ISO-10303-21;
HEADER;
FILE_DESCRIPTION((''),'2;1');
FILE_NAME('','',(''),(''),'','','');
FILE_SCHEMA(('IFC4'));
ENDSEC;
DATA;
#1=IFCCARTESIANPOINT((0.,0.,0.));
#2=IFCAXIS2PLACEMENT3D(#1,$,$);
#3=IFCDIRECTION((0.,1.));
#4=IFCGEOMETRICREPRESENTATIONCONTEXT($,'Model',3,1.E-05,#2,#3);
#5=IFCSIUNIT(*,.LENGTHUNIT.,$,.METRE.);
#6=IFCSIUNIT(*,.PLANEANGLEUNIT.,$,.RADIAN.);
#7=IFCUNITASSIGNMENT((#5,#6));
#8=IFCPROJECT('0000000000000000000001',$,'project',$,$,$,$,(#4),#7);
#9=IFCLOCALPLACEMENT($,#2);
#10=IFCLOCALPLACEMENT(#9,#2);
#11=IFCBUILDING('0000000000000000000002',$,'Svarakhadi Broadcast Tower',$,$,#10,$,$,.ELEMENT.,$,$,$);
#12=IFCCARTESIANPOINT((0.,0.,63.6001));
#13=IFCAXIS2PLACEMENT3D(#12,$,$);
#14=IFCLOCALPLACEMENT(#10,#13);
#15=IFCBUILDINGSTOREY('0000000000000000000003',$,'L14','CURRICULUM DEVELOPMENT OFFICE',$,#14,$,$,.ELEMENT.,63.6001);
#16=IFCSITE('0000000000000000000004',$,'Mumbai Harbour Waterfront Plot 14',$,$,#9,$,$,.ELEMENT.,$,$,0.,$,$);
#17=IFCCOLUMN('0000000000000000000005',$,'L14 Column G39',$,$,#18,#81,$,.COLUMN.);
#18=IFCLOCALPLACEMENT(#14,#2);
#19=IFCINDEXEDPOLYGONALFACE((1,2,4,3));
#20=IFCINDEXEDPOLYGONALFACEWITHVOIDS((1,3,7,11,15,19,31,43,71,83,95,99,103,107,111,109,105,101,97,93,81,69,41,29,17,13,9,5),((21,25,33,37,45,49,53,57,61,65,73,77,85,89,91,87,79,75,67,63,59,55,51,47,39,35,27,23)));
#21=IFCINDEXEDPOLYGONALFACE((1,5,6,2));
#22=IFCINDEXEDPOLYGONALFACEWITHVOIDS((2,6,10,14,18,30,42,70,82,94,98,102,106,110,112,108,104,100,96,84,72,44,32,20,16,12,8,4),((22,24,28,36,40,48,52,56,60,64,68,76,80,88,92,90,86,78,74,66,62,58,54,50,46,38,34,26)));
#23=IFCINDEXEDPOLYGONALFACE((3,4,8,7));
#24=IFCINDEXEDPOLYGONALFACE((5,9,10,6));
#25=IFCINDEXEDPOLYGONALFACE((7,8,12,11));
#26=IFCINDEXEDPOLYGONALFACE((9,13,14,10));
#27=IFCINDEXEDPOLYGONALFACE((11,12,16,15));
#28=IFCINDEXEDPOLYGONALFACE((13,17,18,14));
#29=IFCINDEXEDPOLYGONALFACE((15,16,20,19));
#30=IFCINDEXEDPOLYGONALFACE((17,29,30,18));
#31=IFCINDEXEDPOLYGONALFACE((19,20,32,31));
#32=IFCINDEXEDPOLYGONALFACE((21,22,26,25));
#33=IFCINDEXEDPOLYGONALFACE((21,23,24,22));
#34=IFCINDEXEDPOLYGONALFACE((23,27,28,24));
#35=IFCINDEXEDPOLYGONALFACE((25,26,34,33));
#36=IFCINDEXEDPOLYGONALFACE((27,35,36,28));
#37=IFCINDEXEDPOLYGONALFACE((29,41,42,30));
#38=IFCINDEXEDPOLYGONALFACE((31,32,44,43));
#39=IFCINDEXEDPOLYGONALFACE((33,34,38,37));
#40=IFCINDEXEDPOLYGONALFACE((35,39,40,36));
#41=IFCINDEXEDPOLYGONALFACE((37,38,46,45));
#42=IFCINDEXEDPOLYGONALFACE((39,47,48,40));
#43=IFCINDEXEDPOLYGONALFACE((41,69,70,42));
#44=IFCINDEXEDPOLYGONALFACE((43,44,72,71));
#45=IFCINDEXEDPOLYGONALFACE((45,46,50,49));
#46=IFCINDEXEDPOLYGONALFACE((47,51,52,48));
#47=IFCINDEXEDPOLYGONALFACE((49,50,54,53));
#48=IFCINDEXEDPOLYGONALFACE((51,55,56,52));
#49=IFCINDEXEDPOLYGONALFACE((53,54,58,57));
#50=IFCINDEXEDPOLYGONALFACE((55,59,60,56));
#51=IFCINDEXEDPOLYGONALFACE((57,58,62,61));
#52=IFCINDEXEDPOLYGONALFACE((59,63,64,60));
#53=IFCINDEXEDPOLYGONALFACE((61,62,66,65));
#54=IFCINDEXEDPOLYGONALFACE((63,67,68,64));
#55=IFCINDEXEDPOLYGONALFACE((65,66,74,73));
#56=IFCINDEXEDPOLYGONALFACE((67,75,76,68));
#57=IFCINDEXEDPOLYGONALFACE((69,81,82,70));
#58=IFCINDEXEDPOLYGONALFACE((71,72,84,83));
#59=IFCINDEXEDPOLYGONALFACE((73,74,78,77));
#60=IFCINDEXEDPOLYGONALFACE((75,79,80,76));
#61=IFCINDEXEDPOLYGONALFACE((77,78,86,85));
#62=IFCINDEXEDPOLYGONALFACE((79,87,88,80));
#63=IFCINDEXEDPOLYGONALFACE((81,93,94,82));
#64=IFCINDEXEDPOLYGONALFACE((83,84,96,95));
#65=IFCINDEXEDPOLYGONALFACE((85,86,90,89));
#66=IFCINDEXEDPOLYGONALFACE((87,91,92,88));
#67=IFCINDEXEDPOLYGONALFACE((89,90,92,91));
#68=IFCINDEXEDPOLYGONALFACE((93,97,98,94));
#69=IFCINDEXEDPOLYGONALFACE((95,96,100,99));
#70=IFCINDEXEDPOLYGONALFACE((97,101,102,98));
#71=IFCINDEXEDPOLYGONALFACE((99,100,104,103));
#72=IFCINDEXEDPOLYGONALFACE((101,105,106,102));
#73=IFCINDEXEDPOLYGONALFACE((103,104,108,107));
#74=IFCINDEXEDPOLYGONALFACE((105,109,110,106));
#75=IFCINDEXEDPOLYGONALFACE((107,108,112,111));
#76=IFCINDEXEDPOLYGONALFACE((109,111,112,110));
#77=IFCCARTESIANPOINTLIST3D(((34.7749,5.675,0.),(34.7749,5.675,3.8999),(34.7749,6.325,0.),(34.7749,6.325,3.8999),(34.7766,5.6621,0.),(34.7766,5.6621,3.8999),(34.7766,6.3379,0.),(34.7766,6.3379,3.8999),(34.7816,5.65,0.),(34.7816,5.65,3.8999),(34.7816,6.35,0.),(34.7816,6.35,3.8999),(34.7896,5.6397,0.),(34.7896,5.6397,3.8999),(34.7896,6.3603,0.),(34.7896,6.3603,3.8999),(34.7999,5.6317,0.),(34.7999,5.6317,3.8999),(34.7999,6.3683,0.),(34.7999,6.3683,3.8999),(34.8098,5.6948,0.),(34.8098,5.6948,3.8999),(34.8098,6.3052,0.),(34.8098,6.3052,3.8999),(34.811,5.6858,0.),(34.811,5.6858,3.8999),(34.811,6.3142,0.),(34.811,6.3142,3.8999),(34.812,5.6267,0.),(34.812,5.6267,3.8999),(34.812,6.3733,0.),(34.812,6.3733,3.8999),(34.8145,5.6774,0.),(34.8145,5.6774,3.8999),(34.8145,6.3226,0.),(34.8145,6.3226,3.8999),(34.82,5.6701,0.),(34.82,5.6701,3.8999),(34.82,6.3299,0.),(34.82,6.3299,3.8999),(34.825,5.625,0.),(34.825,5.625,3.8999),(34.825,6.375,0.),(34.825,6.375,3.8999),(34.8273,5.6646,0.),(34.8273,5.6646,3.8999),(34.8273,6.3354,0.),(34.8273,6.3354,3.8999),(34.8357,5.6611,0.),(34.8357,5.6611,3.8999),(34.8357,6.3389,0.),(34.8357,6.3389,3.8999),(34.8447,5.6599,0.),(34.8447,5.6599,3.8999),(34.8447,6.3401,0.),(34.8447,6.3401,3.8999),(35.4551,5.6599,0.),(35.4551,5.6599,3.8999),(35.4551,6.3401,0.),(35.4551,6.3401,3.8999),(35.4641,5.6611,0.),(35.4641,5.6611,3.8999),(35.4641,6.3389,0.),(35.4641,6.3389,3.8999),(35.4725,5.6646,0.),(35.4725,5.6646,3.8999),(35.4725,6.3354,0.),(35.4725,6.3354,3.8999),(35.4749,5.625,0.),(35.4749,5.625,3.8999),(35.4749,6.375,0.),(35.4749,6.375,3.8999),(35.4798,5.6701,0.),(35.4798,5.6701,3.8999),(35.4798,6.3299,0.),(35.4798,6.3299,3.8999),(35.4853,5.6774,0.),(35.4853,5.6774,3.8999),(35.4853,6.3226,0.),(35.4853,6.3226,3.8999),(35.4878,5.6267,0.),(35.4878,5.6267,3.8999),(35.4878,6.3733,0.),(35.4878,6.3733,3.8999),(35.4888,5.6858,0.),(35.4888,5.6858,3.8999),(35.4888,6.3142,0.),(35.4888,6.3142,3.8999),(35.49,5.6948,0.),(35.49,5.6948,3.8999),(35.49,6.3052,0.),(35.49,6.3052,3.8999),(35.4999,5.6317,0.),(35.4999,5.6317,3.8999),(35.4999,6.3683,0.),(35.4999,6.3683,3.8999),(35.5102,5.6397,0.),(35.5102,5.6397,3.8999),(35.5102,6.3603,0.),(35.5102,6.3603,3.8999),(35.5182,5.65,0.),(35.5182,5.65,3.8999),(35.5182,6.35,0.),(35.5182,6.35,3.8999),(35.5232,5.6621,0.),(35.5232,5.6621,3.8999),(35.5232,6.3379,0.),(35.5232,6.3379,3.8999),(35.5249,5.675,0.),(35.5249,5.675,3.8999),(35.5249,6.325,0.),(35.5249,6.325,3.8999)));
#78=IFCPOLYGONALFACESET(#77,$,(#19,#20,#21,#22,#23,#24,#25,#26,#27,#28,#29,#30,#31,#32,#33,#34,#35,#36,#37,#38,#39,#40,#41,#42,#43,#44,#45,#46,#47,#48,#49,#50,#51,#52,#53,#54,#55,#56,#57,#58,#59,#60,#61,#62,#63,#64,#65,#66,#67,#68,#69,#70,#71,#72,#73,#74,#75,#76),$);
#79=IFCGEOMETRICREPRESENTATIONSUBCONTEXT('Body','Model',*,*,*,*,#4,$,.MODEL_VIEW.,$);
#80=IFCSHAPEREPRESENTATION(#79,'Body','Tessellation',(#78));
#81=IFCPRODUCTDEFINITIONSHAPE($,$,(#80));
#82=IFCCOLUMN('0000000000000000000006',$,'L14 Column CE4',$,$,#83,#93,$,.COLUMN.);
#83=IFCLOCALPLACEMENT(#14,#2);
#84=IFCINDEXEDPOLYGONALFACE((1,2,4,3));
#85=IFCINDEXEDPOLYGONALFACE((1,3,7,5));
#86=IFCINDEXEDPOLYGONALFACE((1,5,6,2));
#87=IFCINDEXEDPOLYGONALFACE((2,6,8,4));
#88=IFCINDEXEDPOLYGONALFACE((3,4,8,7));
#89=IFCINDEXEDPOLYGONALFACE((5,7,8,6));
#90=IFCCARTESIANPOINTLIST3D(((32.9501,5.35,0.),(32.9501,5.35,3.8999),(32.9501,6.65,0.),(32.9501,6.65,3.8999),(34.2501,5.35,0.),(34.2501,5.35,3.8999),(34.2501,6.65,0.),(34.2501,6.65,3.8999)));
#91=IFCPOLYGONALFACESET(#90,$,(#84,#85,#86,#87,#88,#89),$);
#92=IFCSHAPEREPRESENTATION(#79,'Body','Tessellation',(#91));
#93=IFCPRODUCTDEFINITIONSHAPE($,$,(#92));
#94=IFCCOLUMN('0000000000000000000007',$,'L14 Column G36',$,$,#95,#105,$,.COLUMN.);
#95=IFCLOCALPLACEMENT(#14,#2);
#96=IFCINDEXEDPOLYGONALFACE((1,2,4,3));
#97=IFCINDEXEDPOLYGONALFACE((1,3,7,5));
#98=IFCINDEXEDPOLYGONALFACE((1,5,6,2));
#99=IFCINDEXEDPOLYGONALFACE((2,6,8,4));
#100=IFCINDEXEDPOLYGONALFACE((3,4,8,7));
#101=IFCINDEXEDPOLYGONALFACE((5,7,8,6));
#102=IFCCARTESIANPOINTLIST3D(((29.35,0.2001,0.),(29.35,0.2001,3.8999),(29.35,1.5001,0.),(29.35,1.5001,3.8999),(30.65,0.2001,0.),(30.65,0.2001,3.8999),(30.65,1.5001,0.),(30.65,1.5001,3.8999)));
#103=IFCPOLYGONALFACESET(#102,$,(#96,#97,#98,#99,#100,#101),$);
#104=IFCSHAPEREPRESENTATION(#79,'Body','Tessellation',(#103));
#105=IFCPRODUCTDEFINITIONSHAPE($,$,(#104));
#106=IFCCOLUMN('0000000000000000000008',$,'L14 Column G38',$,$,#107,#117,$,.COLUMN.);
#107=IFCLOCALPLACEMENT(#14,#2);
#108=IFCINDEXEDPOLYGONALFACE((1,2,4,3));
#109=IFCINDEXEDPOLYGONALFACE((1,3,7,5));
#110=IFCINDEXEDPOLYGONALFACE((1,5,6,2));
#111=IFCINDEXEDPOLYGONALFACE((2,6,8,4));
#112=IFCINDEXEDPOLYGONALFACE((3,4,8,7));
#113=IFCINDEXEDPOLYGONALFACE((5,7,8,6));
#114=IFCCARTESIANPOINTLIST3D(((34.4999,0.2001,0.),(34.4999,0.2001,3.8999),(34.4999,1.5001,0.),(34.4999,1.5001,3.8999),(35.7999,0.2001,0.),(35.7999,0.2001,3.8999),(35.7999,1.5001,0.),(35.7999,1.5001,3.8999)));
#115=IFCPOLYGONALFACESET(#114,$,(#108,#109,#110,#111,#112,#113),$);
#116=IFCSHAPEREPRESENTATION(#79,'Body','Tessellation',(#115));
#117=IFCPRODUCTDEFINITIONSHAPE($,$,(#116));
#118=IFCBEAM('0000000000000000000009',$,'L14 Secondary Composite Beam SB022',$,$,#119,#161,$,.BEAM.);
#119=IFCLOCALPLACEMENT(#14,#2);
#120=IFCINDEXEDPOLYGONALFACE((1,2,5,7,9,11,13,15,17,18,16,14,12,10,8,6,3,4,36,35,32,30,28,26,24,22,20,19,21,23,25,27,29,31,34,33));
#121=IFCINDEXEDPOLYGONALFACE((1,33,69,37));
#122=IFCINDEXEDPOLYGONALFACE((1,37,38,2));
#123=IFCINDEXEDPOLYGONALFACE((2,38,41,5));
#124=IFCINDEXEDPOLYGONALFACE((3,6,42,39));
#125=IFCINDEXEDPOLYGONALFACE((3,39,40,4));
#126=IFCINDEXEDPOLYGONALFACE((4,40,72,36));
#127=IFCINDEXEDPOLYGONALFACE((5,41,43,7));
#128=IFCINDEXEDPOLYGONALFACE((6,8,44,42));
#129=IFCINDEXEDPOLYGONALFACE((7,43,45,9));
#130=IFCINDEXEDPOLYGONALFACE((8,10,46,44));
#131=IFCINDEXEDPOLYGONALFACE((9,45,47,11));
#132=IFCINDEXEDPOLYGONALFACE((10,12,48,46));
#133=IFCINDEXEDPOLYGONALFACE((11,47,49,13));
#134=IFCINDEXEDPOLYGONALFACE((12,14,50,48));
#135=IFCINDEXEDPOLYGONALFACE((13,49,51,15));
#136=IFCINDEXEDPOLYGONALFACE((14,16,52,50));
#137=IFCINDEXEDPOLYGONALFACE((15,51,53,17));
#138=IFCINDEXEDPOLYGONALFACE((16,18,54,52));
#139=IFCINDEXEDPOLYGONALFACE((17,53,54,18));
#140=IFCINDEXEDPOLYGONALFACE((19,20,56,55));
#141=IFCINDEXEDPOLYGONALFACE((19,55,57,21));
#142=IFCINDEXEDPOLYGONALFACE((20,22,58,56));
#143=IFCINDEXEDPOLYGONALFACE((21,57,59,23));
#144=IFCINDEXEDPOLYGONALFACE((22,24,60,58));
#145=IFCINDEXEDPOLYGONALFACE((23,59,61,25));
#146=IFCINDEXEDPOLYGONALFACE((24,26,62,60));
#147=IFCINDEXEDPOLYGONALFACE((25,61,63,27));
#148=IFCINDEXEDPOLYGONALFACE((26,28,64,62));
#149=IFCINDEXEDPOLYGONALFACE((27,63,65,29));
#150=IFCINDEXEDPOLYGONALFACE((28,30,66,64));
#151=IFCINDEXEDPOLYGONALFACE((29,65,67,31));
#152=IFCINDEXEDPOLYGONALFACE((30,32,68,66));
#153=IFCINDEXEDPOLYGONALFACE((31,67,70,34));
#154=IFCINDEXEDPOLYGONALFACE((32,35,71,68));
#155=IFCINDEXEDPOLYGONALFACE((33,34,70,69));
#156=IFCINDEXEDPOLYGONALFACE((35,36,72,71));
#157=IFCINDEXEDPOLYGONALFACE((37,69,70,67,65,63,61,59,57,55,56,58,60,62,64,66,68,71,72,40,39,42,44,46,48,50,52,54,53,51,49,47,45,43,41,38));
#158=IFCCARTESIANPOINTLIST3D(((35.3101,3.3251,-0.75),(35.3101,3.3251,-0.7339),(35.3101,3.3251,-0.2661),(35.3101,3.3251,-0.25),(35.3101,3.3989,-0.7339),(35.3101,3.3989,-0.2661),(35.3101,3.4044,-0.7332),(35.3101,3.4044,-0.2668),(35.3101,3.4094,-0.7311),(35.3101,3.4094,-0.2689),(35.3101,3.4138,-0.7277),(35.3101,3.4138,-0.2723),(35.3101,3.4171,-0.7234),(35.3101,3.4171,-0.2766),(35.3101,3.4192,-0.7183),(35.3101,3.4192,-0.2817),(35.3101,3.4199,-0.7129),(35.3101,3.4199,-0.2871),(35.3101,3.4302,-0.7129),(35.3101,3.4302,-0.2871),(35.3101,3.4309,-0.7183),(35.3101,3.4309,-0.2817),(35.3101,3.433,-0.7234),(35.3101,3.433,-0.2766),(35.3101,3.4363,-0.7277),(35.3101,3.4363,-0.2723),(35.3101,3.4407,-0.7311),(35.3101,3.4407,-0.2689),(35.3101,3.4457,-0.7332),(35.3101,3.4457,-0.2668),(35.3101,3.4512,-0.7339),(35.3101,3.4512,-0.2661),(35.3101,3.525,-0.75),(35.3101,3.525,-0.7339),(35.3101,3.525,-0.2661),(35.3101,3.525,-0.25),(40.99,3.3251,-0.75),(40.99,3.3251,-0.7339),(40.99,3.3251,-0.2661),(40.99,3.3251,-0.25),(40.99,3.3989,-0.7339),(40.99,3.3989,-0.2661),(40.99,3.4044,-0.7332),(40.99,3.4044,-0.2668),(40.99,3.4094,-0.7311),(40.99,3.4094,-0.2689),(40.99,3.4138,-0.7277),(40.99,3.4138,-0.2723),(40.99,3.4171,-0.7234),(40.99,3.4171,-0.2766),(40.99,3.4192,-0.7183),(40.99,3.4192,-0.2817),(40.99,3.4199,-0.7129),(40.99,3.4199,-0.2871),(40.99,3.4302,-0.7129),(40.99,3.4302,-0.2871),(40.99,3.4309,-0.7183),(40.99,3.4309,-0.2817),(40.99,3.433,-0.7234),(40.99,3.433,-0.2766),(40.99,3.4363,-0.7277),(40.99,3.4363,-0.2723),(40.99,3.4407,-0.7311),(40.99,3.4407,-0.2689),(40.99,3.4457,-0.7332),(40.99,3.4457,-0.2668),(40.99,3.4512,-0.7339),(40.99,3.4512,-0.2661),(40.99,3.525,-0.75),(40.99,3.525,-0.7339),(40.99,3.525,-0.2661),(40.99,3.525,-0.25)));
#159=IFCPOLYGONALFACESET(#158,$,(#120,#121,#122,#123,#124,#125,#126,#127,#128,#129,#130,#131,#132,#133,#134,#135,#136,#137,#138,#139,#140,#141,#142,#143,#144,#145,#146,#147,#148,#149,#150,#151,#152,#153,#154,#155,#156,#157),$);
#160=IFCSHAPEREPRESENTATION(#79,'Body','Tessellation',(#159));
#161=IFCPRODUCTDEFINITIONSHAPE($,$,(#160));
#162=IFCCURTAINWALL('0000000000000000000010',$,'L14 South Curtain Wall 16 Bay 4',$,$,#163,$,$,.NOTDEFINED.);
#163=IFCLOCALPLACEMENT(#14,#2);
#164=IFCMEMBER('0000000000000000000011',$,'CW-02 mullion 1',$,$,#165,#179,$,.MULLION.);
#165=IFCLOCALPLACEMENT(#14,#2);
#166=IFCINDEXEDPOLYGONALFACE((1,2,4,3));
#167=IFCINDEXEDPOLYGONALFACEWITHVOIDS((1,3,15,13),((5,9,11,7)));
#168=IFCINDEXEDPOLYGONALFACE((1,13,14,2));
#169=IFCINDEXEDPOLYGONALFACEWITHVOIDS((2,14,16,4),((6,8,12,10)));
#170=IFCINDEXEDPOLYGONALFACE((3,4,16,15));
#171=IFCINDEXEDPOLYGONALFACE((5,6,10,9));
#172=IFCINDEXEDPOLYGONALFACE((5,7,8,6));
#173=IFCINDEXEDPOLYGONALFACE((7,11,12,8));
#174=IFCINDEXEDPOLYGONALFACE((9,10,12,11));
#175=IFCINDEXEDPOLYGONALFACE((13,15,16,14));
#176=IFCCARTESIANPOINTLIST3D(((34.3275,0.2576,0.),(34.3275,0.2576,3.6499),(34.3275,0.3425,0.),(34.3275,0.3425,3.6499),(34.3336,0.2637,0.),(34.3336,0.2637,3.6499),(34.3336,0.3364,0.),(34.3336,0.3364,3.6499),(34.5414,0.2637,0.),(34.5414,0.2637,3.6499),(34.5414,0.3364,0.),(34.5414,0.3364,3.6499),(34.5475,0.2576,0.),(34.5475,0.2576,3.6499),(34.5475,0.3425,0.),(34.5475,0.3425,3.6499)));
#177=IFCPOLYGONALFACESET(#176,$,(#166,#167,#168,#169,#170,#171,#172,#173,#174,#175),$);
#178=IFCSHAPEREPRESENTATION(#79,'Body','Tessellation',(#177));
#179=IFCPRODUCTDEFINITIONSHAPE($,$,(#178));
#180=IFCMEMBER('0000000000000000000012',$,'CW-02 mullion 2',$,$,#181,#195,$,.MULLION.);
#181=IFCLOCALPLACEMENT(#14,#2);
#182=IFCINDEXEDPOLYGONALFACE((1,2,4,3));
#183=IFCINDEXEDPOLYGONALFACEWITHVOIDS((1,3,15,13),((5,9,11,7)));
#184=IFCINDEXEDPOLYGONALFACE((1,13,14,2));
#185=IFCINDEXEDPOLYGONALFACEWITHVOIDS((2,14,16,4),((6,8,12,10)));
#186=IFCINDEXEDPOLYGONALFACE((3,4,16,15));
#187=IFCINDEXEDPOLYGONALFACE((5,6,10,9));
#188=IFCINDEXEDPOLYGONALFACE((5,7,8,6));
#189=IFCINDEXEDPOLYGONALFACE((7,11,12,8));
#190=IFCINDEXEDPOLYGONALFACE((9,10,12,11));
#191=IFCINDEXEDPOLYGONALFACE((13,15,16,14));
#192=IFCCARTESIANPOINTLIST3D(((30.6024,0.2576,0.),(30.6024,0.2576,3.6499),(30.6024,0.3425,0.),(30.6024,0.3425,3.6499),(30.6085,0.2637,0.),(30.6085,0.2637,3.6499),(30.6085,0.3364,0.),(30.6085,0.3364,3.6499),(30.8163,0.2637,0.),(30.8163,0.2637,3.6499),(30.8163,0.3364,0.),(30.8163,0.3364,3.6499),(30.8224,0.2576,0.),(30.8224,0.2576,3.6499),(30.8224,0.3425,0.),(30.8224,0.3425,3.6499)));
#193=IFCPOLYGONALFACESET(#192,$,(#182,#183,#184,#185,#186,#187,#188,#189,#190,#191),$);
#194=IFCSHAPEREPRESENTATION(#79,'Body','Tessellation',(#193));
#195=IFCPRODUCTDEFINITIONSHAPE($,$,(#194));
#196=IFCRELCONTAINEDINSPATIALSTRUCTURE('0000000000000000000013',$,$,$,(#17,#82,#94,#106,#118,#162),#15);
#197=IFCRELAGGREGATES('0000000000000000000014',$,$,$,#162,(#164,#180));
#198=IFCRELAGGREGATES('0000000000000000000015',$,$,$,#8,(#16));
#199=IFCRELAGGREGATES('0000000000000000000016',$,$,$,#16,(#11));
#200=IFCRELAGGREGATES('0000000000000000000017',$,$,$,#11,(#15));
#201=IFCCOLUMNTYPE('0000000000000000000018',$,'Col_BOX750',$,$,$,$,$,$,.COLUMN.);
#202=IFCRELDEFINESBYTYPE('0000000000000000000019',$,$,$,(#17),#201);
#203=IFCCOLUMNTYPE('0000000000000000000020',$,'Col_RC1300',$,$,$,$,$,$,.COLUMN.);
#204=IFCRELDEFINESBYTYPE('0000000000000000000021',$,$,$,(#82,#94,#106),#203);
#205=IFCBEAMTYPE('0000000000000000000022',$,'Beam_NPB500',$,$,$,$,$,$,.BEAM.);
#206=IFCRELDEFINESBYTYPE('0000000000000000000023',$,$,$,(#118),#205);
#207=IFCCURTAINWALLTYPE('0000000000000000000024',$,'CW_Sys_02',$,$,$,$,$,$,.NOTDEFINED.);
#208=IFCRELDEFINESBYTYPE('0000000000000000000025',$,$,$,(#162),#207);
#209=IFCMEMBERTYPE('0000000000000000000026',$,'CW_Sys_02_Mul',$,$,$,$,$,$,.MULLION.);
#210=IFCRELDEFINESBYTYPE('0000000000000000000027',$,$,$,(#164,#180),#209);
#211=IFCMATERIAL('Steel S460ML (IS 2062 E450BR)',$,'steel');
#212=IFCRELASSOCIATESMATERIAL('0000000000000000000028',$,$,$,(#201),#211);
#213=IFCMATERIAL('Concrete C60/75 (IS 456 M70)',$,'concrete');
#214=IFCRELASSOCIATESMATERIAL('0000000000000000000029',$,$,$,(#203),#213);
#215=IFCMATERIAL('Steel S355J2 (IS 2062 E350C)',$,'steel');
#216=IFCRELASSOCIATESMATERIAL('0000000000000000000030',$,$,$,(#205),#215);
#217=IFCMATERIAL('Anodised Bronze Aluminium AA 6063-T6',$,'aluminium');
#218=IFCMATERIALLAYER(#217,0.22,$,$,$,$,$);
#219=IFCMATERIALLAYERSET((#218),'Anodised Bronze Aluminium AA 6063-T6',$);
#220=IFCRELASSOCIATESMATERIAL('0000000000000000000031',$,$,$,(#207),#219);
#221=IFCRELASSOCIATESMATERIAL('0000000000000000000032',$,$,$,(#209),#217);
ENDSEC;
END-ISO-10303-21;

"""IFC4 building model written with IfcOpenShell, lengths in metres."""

from ifc_helpers import new_model, si_unit, direction, frame, origin, origin_2d, place, context, subcontext, project, spatial, rectangle, hollow_rectangle, i_section, extrude, material, layer, layer_set, material_profile, profile_set, type_object, element, aggregate, save


model = new_model("IFC4")

# Units and contexts
model_context = context("Model", 3, precision=1e-05, world=origin(), true_north=direction((0.0, 1.0)))
body_context = subcontext(model_context, "Body", "Model", "MODEL_VIEW")
ifc_project = project(units=[si_unit("LENGTHUNIT", "METRE"), si_unit("PLANEANGLEUNIT", "RADIAN")], contexts=[model_context])

# Site, building, storey
site_placement = place(None, origin())
site = spatial("IfcSite", under=ifc_project, at=site_placement, Name="Mumbai Harbour Waterfront Plot 14", CompositionType="ELEMENT", RefElevation=0.0)
building_placement = place(site_placement, origin())
building = spatial("IfcBuilding", under=site, at=building_placement, Name="Svarakhadi Broadcast Tower", CompositionType="ELEMENT")
storey_placement = place(building_placement, frame((0.0, 0.0, 63.6001)))
storey = spatial("IfcBuildingStorey", under=building, at=storey_placement, Name="L14", Description="CURRICULUM DEVELOPMENT OFFICE", CompositionType="ELEMENT", Elevation=63.6001)

# Columns
ifc_material_1 = material(Name="Steel S460ML (IS 2062 E450BR)", Category="steel")
ifc_material_profile_1 = material_profile(ifc_material_1, hollow_rectangle(XDim=0.75, YDim=0.75, WallThickness=0.0349, InnerFilletRadius=0.0349, OuterFilletRadius=0.05, at=origin_2d()), Name="BOX 750x750x35")
ifc_profile_set_1 = profile_set([ifc_material_profile_1], Name="Steel S460ML (IS 2062 E450BR)")
column_type_1 = type_object("IfcColumnType", Name="Col_BOX750", PredefinedType="COLUMN", material=ifc_profile_set_1)
column_placement = place(storey_placement, frame((35.1499, 6.0, 0.0), z_axis=(0.0, 0.0, 1.0), x_axis=(1.0, 0.0, 0.0)))
element("IfcColumn", 1, at=column_placement, inside=storey, type_object=column_type_1, Name="L14 Column G39", PredefinedType="COLUMN", context=body_context, shape_type="SweptSolid", body=[
    extrude(hollow_rectangle(XDim=0.75, YDim=0.75, WallThickness=0.0349, InnerFilletRadius=0.0349, OuterFilletRadius=0.05, at=origin_2d()), origin(), (0.0, 0.0, 1.0), 3.8999),
])
ifc_material_2 = material(Name="Concrete C60/75 (IS 456 M70)", Category="concrete")
ifc_material_profile_2 = material_profile(ifc_material_2, rectangle(XDim=1.3, YDim=1.3, at=origin_2d()), Name="RC 1300x1300")
ifc_profile_set_2 = profile_set([ifc_material_profile_2], Name="Concrete C60/75 (IS 456 M70)")
column_type_2 = type_object("IfcColumnType", Name="Col_RC1300", PredefinedType="COLUMN", material=ifc_profile_set_2)
for number, where, z_axis, x_axis, name in (
    (2, (33.6001, 6.0, 0.0), (0.0, 0.0, 1.0), (1.0, 0.0, 0.0), "L14 Column CE4"),
    (3, (30.0, 0.8501, 0.0), (0.0, 0.0, 1.0), (1.0, 0.0, 0.0), "L14 Column G36"),
    (4, (35.1499, 0.8501, 0.0), (0.0, 0.0, 1.0), (1.0, 0.0, 0.0), "L14 Column G38"),
):
    element("IfcColumn", number, at=place(storey_placement, frame(where, z_axis=z_axis, x_axis=x_axis)), inside=storey, type_object=column_type_2, Name=name, PredefinedType="COLUMN", context=body_context, shape_type="SweptSolid", body=[
        extrude(rectangle(XDim=1.3, YDim=1.3, at=origin_2d()), origin(), (0.0, 0.0, 1.0), 3.8999),
    ])

# Beam
ifc_material_3 = material(Name="Steel S355J2 (IS 2062 E350C)", Category="steel")
ifc_material_profile_3 = material_profile(ifc_material_3, i_section(OverallWidth=0.2, OverallDepth=0.5, WebThickness=0.0103, FlangeThickness=0.0161, FilletRadius=0.021, at=origin_2d()), Name="NPB 500x200x91")
ifc_profile_set_3 = profile_set([ifc_material_profile_3], Name="Steel S355J2 (IS 2062 E350C)")
beam_type_1 = type_object("IfcBeamType", Name="Beam_NPB500", PredefinedType="BEAM", material=ifc_profile_set_3)
beam_1_placement = place(storey_placement, frame((35.3101, 3.425, -0.5), z_axis=(1.0, 0.0, 0.0), x_axis=(0.0, 1.0, 0.0)))
element("IfcBeam", 5, at=beam_1_placement, inside=storey, type_object=beam_type_1, Name="L14 Secondary Composite Beam SB022", PredefinedType="BEAM", context=body_context, shape_type="SweptSolid", body=[
    extrude(i_section(OverallWidth=0.2, OverallDepth=0.5, WebThickness=0.0103, FlangeThickness=0.0161, FilletRadius=0.021, at=origin_2d()), origin(), (0.0, 0.0, 1.0), 5.6799),
])

# Curtain wall, members
ifc_material_4 = material(Name="Anodised Bronze Aluminium AA 6063-T6", Category="aluminium")
ifc_layer_1 = layer(ifc_material_4, 0.22)
ifc_layer_set_1 = layer_set([ifc_layer_1], Name="Anodised Bronze Aluminium AA 6063-T6")
curtain_wall_type = type_object("IfcCurtainWallType", Name="CW_Sys_02", PredefinedType="NOTDEFINED", material=ifc_layer_set_1)
curtain_wall_1_placement = place(storey_placement, origin())
curtain_wall_1 = element("IfcCurtainWall", 6, at=curtain_wall_1_placement, inside=storey, type_object=curtain_wall_type, Name="L14 South Curtain Wall 16 Bay 4", PredefinedType="NOTDEFINED")
ifc_material_profile_4 = material_profile(ifc_material_4, hollow_rectangle(XDim=0.085, YDim=0.22, WallThickness=0.0061, at=origin_2d()), Name="ALU MULLION 220x85x6")
ifc_profile_set_4 = profile_set([ifc_material_profile_4], Name="Anodised Bronze Aluminium AA 6063-T6")
member_type_1 = type_object("IfcMemberType", Name="CW_Sys_02_Mul", PredefinedType="MULLION", material=ifc_profile_set_4)
member_1_placement = place(storey_placement, frame((34.4375, 0.3, 0.0), z_axis=(0.0, 0.0, 1.0), x_axis=(0.0, -1.0, 0.0)))
member_1 = element("IfcMember", 7, at=member_1_placement, type_object=member_type_1, Name="CW-02 mullion 1", PredefinedType="MULLION", context=body_context, shape_type="SweptSolid", body=[
    extrude(hollow_rectangle(XDim=0.085, YDim=0.22, WallThickness=0.0061, at=origin_2d()), origin(), (0.0, 0.0, 1.0), 3.6499),
])
member_2_placement = place(storey_placement, frame((30.7124, 0.3, 0.0), z_axis=(0.0, 0.0, 1.0), x_axis=(0.0, -1.0, 0.0)))
member_2 = element("IfcMember", 8, at=member_2_placement, type_object=member_type_1, Name="CW-02 mullion 2", PredefinedType="MULLION", context=body_context, shape_type="SweptSolid", body=[
    extrude(hollow_rectangle(XDim=0.085, YDim=0.22, WallThickness=0.0061, at=origin_2d()), origin(), (0.0, 0.0, 1.0), 3.6499),
])

aggregate(curtain_wall_1, [member_1, member_2])

save(model, "model.ifc")
